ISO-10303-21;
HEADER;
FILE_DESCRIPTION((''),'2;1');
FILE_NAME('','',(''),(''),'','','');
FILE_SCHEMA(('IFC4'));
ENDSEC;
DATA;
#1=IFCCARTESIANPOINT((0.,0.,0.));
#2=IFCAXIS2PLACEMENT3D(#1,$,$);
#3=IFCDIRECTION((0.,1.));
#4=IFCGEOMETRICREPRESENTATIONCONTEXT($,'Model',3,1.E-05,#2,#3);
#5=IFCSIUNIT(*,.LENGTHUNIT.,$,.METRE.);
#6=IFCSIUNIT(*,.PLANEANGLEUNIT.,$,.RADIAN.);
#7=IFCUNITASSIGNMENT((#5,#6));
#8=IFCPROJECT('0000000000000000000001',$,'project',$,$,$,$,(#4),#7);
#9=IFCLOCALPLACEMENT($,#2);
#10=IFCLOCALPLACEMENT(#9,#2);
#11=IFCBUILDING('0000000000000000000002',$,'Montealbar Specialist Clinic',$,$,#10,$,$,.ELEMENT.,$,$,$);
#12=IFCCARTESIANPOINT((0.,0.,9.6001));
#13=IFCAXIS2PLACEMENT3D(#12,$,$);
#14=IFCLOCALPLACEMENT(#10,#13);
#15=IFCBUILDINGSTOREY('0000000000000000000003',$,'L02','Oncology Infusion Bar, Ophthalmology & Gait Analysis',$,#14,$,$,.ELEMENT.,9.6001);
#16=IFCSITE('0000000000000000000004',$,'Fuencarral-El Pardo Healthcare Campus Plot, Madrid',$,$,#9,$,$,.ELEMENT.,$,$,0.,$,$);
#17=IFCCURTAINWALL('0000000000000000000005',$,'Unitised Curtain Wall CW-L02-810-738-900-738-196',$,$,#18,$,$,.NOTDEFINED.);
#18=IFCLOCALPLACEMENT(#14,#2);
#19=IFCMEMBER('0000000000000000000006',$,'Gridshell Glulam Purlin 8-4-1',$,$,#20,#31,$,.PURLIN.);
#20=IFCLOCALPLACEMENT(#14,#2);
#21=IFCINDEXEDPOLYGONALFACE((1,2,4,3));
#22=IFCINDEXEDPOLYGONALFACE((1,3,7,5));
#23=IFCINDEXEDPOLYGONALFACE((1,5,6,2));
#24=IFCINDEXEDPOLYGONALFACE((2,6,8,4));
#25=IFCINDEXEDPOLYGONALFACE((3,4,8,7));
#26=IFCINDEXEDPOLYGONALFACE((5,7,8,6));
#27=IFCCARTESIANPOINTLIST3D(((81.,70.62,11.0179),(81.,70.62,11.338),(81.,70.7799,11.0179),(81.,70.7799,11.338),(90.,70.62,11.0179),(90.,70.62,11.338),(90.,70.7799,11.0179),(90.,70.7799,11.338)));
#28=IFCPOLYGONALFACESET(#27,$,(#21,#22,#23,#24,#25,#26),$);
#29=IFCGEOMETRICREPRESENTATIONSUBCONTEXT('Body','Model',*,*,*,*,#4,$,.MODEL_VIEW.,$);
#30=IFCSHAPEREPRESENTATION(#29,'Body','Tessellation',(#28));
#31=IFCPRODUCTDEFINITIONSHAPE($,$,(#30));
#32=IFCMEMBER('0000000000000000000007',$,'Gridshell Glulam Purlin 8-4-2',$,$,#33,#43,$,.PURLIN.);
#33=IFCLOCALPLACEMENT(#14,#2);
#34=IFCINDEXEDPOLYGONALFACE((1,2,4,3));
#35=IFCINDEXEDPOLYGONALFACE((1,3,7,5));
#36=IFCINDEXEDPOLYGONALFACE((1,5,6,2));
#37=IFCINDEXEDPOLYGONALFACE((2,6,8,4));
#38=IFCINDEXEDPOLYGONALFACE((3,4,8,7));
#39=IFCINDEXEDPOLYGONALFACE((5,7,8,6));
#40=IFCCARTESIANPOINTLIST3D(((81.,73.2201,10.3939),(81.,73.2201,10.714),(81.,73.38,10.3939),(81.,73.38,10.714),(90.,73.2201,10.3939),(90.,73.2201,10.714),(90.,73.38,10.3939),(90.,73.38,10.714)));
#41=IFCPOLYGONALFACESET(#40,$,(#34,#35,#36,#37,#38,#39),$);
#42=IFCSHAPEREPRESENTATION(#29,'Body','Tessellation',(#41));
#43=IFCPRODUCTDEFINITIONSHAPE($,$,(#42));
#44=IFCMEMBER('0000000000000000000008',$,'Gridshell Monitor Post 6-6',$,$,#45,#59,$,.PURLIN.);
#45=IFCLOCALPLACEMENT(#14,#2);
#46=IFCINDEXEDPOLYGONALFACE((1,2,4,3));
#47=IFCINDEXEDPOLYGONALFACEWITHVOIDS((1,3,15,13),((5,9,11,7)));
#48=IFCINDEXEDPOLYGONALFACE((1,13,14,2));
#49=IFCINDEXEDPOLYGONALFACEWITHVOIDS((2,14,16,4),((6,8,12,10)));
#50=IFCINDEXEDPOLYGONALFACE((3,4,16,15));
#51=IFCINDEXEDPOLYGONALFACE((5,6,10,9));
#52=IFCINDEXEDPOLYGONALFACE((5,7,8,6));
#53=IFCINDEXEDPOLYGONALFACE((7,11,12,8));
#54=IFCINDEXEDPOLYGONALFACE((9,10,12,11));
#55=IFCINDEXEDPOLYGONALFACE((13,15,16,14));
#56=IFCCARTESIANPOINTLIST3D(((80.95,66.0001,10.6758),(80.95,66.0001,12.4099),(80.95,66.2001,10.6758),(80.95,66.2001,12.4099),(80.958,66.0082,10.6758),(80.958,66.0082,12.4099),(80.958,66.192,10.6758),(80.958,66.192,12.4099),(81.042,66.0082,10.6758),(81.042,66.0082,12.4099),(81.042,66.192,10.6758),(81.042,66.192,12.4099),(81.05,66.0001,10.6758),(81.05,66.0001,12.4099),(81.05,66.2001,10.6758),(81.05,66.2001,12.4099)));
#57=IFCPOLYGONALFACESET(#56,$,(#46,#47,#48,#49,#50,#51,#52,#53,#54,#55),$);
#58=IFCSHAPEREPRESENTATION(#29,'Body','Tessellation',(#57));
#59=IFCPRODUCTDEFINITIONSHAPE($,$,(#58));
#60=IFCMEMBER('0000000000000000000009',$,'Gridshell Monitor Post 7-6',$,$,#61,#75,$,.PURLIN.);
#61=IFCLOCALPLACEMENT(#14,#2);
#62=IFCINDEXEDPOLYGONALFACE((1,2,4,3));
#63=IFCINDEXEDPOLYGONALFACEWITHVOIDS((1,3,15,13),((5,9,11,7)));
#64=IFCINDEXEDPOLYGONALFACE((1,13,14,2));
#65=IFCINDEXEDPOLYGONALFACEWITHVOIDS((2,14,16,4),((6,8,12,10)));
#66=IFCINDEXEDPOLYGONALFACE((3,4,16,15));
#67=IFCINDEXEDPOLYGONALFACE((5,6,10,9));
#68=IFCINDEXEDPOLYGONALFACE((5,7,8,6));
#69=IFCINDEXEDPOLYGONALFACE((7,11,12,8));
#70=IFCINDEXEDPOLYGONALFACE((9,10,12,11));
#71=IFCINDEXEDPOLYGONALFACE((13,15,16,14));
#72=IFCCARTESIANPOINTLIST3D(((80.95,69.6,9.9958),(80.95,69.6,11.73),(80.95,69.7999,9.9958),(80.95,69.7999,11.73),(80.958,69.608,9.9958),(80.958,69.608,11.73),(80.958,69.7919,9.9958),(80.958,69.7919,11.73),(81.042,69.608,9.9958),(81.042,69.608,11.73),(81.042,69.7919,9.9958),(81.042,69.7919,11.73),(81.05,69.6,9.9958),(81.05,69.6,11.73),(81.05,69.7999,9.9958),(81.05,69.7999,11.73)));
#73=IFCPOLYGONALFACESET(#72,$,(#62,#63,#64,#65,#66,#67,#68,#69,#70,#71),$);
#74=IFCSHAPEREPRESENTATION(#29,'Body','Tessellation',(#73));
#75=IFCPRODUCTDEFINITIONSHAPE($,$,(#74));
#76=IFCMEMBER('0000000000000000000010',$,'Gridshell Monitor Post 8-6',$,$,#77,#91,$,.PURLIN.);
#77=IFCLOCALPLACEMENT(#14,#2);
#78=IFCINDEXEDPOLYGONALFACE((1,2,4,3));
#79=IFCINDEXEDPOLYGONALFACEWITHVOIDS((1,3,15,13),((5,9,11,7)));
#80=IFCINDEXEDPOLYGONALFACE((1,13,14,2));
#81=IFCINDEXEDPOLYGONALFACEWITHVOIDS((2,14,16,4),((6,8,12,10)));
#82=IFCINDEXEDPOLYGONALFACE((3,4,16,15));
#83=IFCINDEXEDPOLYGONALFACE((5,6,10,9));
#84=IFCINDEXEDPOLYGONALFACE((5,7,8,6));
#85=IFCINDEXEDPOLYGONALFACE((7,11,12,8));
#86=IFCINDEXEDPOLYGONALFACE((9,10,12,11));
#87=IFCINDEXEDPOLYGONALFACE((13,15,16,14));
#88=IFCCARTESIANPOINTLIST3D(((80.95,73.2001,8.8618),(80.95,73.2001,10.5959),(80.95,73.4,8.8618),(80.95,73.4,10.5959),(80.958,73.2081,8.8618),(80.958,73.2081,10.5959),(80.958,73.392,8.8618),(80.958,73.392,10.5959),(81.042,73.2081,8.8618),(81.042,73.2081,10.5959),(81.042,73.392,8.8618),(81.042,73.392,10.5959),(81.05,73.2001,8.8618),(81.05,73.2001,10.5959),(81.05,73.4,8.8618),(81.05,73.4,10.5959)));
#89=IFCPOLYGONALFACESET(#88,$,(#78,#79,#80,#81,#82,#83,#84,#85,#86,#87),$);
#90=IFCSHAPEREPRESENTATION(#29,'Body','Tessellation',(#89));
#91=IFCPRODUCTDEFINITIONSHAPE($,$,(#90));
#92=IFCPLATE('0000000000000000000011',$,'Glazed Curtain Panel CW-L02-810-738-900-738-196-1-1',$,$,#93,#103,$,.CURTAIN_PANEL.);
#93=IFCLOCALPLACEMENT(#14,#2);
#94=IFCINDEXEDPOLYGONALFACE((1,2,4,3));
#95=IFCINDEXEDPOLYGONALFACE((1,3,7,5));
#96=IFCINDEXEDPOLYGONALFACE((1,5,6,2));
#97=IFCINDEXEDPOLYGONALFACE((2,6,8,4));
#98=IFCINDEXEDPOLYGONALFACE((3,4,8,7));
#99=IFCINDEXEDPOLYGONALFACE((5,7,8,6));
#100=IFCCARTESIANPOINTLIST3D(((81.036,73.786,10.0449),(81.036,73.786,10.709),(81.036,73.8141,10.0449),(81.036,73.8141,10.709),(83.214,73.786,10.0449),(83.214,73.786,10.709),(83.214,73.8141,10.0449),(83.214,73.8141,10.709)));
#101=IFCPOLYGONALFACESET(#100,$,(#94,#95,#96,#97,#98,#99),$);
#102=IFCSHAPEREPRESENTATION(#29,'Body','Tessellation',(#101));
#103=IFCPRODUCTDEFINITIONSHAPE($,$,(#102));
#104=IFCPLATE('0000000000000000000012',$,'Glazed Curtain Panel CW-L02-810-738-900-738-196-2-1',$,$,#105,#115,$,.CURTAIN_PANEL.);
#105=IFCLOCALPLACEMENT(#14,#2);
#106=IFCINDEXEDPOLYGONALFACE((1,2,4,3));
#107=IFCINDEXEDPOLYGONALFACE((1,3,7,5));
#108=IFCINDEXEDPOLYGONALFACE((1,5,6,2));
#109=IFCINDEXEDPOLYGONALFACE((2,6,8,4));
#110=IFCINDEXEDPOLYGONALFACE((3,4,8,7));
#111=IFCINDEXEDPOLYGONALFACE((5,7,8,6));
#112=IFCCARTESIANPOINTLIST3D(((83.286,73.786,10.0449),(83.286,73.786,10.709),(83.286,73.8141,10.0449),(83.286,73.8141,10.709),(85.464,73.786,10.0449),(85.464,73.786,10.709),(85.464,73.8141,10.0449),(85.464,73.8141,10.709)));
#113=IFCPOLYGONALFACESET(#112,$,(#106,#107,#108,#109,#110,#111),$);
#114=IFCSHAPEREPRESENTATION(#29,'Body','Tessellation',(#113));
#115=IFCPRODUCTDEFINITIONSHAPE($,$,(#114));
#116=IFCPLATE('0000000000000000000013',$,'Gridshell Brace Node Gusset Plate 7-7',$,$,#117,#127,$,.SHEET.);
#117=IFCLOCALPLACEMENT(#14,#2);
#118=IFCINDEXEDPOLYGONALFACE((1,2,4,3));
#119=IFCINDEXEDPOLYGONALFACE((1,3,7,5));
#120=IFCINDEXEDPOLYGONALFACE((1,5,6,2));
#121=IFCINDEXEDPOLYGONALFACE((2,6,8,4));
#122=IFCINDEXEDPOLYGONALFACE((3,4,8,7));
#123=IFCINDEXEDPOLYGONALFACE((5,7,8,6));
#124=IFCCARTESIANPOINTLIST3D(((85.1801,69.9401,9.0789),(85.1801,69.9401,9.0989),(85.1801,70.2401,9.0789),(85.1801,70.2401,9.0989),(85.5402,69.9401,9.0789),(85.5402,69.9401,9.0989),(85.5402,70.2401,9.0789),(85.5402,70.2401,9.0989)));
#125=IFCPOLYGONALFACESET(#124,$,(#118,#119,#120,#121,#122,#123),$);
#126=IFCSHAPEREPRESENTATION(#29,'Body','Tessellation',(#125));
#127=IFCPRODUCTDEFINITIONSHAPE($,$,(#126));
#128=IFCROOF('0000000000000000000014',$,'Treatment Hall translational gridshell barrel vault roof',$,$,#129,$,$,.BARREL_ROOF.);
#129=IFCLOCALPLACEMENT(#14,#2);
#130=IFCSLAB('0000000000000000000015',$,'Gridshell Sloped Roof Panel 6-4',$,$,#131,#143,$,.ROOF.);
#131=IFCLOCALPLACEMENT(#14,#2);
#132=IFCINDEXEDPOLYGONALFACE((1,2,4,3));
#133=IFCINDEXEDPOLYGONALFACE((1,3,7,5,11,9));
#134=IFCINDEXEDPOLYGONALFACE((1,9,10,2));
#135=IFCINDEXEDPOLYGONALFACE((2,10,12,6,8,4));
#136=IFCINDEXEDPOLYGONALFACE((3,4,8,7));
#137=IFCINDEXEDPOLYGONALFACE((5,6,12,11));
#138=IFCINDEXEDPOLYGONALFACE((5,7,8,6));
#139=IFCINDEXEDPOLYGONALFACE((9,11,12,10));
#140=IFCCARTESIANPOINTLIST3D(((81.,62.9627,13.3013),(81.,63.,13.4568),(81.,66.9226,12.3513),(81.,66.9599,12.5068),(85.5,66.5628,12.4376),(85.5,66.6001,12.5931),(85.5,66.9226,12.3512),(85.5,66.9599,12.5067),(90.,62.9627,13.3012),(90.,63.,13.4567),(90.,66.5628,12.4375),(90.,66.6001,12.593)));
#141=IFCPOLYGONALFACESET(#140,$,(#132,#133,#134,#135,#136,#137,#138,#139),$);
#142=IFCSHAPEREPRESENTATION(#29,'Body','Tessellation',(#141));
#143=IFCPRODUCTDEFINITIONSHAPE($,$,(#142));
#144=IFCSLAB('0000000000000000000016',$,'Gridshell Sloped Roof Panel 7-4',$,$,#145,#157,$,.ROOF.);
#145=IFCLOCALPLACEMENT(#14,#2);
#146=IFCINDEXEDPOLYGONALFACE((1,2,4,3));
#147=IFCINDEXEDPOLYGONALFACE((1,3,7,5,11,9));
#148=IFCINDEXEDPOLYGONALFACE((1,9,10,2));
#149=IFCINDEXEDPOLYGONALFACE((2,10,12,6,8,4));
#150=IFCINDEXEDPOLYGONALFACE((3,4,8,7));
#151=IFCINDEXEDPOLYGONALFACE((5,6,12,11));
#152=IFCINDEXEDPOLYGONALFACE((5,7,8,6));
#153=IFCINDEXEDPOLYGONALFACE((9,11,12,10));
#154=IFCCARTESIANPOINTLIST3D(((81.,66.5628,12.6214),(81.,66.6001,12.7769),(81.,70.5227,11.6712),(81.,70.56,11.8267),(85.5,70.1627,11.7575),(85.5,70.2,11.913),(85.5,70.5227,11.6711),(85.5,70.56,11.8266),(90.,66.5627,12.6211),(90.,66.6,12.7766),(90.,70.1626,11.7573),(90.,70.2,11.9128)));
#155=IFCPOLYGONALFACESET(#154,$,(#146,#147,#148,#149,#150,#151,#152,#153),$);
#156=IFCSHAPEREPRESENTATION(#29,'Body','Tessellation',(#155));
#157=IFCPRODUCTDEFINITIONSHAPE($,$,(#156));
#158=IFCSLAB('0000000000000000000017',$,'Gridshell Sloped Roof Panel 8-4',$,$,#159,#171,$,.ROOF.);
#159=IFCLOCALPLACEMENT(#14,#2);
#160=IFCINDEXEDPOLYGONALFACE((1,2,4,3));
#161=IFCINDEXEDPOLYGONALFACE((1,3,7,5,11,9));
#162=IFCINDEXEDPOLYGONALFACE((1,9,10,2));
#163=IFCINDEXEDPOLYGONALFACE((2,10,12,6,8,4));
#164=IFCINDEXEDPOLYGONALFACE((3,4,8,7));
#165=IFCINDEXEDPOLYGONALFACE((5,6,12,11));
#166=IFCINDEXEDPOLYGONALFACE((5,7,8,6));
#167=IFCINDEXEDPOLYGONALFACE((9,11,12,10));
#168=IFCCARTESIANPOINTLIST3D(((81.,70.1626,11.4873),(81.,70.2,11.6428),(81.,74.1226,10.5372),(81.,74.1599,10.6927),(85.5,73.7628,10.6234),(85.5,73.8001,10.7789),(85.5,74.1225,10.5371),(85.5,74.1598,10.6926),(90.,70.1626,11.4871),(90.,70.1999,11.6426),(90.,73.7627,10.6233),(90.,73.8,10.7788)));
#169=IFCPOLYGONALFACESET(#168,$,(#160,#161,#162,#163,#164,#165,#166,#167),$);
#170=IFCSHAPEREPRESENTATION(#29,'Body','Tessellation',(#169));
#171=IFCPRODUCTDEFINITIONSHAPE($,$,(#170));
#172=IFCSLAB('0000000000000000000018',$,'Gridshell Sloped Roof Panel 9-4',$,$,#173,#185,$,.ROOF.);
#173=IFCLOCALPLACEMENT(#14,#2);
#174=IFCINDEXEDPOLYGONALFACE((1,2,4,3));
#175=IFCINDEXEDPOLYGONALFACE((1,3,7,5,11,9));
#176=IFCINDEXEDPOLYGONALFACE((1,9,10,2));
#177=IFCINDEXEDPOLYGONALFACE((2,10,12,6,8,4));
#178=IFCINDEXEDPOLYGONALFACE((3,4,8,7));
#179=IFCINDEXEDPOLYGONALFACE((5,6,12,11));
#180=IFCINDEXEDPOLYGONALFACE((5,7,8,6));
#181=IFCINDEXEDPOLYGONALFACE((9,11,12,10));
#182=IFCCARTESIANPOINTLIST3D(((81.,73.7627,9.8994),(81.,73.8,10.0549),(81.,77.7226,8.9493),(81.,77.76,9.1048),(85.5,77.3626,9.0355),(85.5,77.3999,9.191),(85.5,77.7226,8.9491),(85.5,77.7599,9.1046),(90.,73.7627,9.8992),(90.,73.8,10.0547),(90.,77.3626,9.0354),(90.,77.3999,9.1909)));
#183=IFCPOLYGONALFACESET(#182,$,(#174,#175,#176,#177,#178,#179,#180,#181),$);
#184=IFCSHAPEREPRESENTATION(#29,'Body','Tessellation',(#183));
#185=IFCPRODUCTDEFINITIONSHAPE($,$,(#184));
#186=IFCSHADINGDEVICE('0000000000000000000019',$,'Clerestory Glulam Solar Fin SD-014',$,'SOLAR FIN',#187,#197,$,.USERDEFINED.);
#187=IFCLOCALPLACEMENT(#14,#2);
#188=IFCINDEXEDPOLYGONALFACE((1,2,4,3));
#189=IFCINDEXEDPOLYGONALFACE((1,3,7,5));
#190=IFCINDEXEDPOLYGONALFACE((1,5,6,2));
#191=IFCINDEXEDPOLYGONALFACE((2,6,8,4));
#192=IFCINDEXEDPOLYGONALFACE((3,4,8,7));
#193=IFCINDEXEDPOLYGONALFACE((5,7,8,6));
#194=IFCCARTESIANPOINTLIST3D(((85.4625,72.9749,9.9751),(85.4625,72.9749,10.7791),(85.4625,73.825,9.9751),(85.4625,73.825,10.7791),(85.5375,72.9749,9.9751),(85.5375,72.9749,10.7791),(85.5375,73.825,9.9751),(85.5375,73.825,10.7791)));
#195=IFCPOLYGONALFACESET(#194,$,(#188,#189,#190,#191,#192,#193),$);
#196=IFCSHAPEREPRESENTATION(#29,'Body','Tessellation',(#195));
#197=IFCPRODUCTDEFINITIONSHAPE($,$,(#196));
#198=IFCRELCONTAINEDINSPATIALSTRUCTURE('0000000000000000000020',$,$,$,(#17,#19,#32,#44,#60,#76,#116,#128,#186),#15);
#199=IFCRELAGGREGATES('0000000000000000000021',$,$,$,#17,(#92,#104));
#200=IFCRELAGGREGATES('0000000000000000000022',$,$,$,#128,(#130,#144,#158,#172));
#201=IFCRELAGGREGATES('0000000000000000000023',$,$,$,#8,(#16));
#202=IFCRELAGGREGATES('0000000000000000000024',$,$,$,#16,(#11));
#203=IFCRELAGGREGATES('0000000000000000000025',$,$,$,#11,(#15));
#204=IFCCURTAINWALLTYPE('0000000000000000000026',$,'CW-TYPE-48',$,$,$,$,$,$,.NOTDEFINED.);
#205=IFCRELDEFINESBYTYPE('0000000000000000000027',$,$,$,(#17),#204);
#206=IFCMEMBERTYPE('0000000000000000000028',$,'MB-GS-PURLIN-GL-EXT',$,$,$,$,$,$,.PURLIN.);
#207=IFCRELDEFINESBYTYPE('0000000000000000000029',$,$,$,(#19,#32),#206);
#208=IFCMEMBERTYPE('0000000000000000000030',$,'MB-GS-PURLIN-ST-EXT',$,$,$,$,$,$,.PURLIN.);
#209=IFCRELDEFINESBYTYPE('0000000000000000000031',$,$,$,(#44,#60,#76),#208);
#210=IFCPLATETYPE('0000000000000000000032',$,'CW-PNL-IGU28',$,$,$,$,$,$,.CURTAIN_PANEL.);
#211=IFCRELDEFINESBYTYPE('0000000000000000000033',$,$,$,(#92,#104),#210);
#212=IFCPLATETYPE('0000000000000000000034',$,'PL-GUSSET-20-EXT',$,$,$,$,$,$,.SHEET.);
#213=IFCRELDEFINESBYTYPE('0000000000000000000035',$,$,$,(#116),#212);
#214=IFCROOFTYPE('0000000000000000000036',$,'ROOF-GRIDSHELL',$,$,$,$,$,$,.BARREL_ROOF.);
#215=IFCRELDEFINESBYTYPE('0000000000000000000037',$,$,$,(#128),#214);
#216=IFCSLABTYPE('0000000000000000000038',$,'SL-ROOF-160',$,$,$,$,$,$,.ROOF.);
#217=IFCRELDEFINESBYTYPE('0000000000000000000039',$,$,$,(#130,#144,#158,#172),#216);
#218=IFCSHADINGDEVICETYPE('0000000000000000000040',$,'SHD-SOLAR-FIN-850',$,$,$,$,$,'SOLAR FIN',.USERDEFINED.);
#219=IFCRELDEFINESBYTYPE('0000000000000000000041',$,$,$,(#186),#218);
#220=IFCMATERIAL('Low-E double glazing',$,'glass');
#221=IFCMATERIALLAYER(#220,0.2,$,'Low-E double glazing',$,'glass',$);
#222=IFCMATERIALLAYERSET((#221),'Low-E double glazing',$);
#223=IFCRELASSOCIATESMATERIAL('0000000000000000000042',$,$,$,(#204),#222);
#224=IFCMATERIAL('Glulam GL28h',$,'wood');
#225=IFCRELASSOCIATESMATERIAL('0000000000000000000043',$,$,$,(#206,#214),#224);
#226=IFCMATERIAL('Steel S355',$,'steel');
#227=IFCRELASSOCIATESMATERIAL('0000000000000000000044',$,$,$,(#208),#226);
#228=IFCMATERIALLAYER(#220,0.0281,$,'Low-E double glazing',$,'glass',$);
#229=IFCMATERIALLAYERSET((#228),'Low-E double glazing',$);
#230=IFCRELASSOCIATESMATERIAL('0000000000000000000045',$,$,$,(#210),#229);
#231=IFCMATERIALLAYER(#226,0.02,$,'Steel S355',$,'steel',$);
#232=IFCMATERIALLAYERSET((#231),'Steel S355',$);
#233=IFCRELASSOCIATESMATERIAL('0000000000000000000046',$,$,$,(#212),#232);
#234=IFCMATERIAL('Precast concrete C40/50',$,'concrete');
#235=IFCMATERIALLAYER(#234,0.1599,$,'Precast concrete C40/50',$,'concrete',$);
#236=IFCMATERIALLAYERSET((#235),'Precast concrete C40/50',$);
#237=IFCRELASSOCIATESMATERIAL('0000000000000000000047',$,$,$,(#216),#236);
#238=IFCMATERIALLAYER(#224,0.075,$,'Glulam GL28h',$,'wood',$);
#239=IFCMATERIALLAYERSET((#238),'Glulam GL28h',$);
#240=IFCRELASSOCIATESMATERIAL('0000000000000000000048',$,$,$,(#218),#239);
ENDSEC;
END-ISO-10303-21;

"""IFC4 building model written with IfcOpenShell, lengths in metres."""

from ifc_helpers import new_model, si_unit, direction, frame, origin, origin_2d, place, context, subcontext, project, spatial, polyline, rectangle, hollow_rectangle, outline, extrude, material, layer, layer_set, material_profile, profile_set, type_object, element, aggregate, save


model = new_model("IFC4")

# Units and contexts
model_context = context("Model", 3, precision=1e-05, world=origin(), true_north=direction((0.0, 1.0)))
body_context = subcontext(model_context, "Body", "Model", "MODEL_VIEW")
ifc_project = project(units=[si_unit("LENGTHUNIT", "METRE"), si_unit("PLANEANGLEUNIT", "RADIAN")], contexts=[model_context])

# Site, building, storey
site_placement = place(None, origin())
site = spatial("IfcSite", under=ifc_project, at=site_placement, Name="Fuencarral-El Pardo Healthcare Campus Plot, Madrid", CompositionType="ELEMENT", RefElevation=0.0)
building_placement = place(site_placement, origin())
building = spatial("IfcBuilding", under=site, at=building_placement, Name="Montealbar Specialist Clinic", CompositionType="ELEMENT")
storey_placement = place(building_placement, frame((0.0, 0.0, 9.6001)))
storey = spatial("IfcBuildingStorey", under=building, at=storey_placement, Name="L02", Description="Oncology Infusion Bar, Ophthalmology & Gait Analysis", CompositionType="ELEMENT", Elevation=9.6001)

# Shared definitions
ifc_material_1 = material(Name="Steel S355", Category="steel")
ifc_material_2 = material(Name="Glulam GL28h", Category="wood")

# Curtain wall
ifc_material_3 = material(Name="Low-E double glazing", Category="glass")
ifc_layer_1 = layer(ifc_material_3, 0.2, Name="Low-E double glazing", Category="glass")
ifc_layer_set_1 = layer_set([ifc_layer_1], Name="Low-E double glazing")
curtain_wall_type = type_object("IfcCurtainWallType", Name="CW-TYPE-48", PredefinedType="NOTDEFINED", material=ifc_layer_set_1)
curtain_wall_placement = place(storey_placement, origin())
curtain_wall = element("IfcCurtainWall", 1, at=curtain_wall_placement, inside=storey, type_object=curtain_wall_type, Name="Unitised Curtain Wall CW-L02-810-738-900-738-196", PredefinedType="NOTDEFINED")

# Members
ifc_material_profile_1 = material_profile(ifc_material_2, rectangle(XDim=0.1599, YDim=0.3201, at=origin_2d()), Name="GL28h 160x320", Category="wood")
ifc_profile_set_1 = profile_set([ifc_material_profile_1], Name="Glulam GL28h")
member_type_1 = type_object("IfcMemberType", Name="MB-GS-PURLIN-GL-EXT", PredefinedType="PURLIN", material=ifc_profile_set_1)
for number, where, z_axis, x_axis, name in (
    (2, (81.0, 70.7, 11.178), (1.0, 0.0, 0.0), (0.0, 1.0, 0.0), "Gridshell Glulam Purlin 8-4-1"),
    (3, (81.0, 73.3, 10.554), (1.0, 0.0, 0.0), (0.0, 1.0, 0.0), "Gridshell Glulam Purlin 8-4-2"),
):
    element("IfcMember", number, at=place(storey_placement, frame(where, z_axis=z_axis, x_axis=x_axis)), inside=storey, type_object=member_type_1, Name=name, PredefinedType="PURLIN", context=body_context, shape_type="SweptSolid", body=[
        extrude(rectangle(XDim=0.1599, YDim=0.3201, at=origin_2d()), origin(), (0.0, 0.0, 1.0), 9.0),
    ])
ifc_material_profile_2 = material_profile(ifc_material_1, hollow_rectangle(XDim=0.1001, YDim=0.2, WallThickness=0.0081, at=origin_2d()), Name="RHS 200x100x8", Category="steel")
ifc_profile_set_2 = profile_set([ifc_material_profile_2], Name="Steel S355")
member_type_2 = type_object("IfcMemberType", Name="MB-GS-PURLIN-ST-EXT", PredefinedType="PURLIN", material=ifc_profile_set_2)
for number, where, z_axis, x_axis, name in (
    (4, (81.0, 66.1001, 10.6758), (0.0, 0.0, 1.0), (1.0, 0.0, 0.0), "Gridshell Monitor Post 6-6"),
    (5, (81.0, 69.7, 9.9958), (0.0, 0.0, 1.0), (1.0, 0.0, 0.0), "Gridshell Monitor Post 7-6"),
    (6, (81.0, 73.3, 8.8618), (0.0, 0.0, 1.0), (1.0, 0.0, 0.0), "Gridshell Monitor Post 8-6"),
):
    element("IfcMember", number, at=place(storey_placement, frame(where, z_axis=z_axis, x_axis=x_axis)), inside=storey, type_object=member_type_2, Name=name, PredefinedType="PURLIN", context=body_context, shape_type="SweptSolid", body=[
        extrude(hollow_rectangle(XDim=0.1001, YDim=0.2, WallThickness=0.0081, at=origin_2d()), origin(), (0.0, 0.0, 1.0), 1.7341),
    ])

# Plates
ifc_layer_2 = layer(ifc_material_3, 0.0281, Name="Low-E double glazing", Category="glass")
ifc_layer_set_2 = layer_set([ifc_layer_2], Name="Low-E double glazing")
plate_type_1 = type_object("IfcPlateType", Name="CW-PNL-IGU28", PredefinedType="CURTAIN_PANEL", material=ifc_layer_set_2)
plate_1_placement = place(storey_placement, frame((82.125, 73.8, 10.0449), z_axis=(0.0, 0.0, 1.0), x_axis=(1.0, 0.0, 0.0)))
plate_1 = element("IfcPlate", 7, at=plate_1_placement, type_object=plate_type_1, Name="Glazed Curtain Panel CW-L02-810-738-900-738-196-1-1", PredefinedType="CURTAIN_PANEL", context=body_context, shape_type="SweptSolid", body=[
    extrude(rectangle(XDim=2.178, YDim=0.0281, at=origin_2d()), origin(), (0.0, 0.0, 1.0), 0.6641),
])
plate_2_placement = place(storey_placement, frame((84.375, 73.8, 10.0449), z_axis=(0.0, 0.0, 1.0), x_axis=(1.0, 0.0, 0.0)))
plate_2 = element("IfcPlate", 8, at=plate_2_placement, type_object=plate_type_1, Name="Glazed Curtain Panel CW-L02-810-738-900-738-196-2-1", PredefinedType="CURTAIN_PANEL", context=body_context, shape_type="SweptSolid", body=[
    extrude(rectangle(XDim=2.178, YDim=0.0281, at=origin_2d()), origin(), (0.0, 0.0, 1.0), 0.6641),
])
aggregate(curtain_wall, [plate_1, plate_2])
ifc_layer_3 = layer(ifc_material_1, 0.02, Name="Steel S355", Category="steel")
ifc_layer_set_3 = layer_set([ifc_layer_3], Name="Steel S355")
plate_type_2 = type_object("IfcPlateType", Name="PL-GUSSET-20-EXT", PredefinedType="SHEET", material=ifc_layer_set_3)
plate_3_placement = place(storey_placement, frame((85.3601, 70.0901, 9.0789), z_axis=(0.0, 0.0, 1.0), x_axis=(1.0, 0.0, 0.0)))
element("IfcPlate", 9, at=plate_3_placement, inside=storey, type_object=plate_type_2, Name="Gridshell Brace Node Gusset Plate 7-7", PredefinedType="SHEET", context=body_context, shape_type="SweptSolid", body=[
    extrude(rectangle(XDim=0.3601, YDim=0.3, at=origin_2d()), origin(), (0.0, 0.0, 1.0), 0.02),
])

# Roof, slabs
roof_type = type_object("IfcRoofType", Name="ROOF-GRIDSHELL", PredefinedType="BARREL_ROOF", material=ifc_material_2)
roof_placement = place(storey_placement, origin())
roof = element("IfcRoof", 10, at=roof_placement, inside=storey, type_object=roof_type, Name="Treatment Hall translational gridshell barrel vault roof", PredefinedType="BARREL_ROOF")
ifc_material_4 = material(Name="Precast concrete C40/50", Category="concrete")
ifc_layer_4 = layer(ifc_material_4, 0.1599, Name="Precast concrete C40/50", Category="concrete")
ifc_layer_set_4 = layer_set([ifc_layer_4], Name="Precast concrete C40/50")
slab_type = type_object("IfcSlabType", Name="SL-ROOF-160", PredefinedType="ROOF", material=ifc_layer_set_4)
slab_1_placement = place(storey_placement, frame((81.0, 63.0, 13.4568), z_axis=(0.000008, 0.233289, 0.972408), x_axis=(1.0, -0.000002, -0.000008)))
slab_1 = element("IfcSlab", 11, at=slab_1_placement, type_object=slab_type, Name="Gridshell Sloped Roof Panel 6-4", PredefinedType="ROOF", context=body_context, shape_type="SweptSolid", body=[
    extrude(outline(polyline([(0.0, 0.0), (9.0, 0.0), (9.0, 3.7023), (4.5, 3.7023), (4.5, 4.0723), (0.0, 4.0723), (0.0, 0.0)])), origin(), (0.0, 0.0, -1.0), 0.1599),
])
slab_2_placement = place(storey_placement, frame((81.0, 66.6001, 12.7769), z_axis=(0.000025, 0.233325, 0.972399), x_axis=(1.0, -0.000006, -0.000025)))
slab_2 = element("IfcSlab", 12, at=slab_2_placement, type_object=slab_type, Name="Gridshell Sloped Roof Panel 7-4", PredefinedType="ROOF", context=body_context, shape_type="SweptSolid", body=[
    extrude(outline(polyline([(0.0, 0.0), (9.0, 0.0), (9.0, 3.7021), (4.5, 3.7021), (4.5, 4.0723), (0.0, 4.0723), (0.0, 0.0)])), origin(), (0.0, 0.0, -1.0), 0.1599),
])
slab_3_placement = place(storey_placement, frame((81.0, 70.2, 11.6428), z_axis=(0.000022, 0.233318, 0.9724), x_axis=(1.0, -0.000005, -0.000021)))
slab_3 = element("IfcSlab", 13, at=slab_3_placement, type_object=slab_type, Name="Gridshell Sloped Roof Panel 8-4", PredefinedType="ROOF", context=body_context, shape_type="SweptSolid", body=[
    extrude(outline(polyline([(0.0, 0.0), (9.0, 0.0), (9.0, 3.7023), (4.5, 3.7023), (4.5, 4.0723), (0.0, 4.0723), (0.0, 0.0)])), origin(), (0.0, 0.0, -1.0), 0.1599),
])
slab_4_placement = place(storey_placement, frame((81.0, 73.8, 10.0549), z_axis=(0.000025, 0.233325, 0.972399), x_axis=(1.0, -0.000006, -0.000025)))
slab_4 = element("IfcSlab", 14, at=slab_4_placement, type_object=slab_type, Name="Gridshell Sloped Roof Panel 9-4", PredefinedType="ROOF", context=body_context, shape_type="SweptSolid", body=[
    extrude(outline(polyline([(0.0, 0.0), (9.0, 0.0), (9.0, 3.7021), (4.5, 3.7021), (4.5, 4.0723), (0.0, 4.0723), (0.0, 0.0)])), origin(), (0.0, 0.0, -1.0), 0.1599),
])
aggregate(roof, [slab_1, slab_2, slab_3, slab_4])

# Shading device
ifc_layer_5 = layer(ifc_material_2, 0.075, Name="Glulam GL28h", Category="wood")
ifc_layer_set_5 = layer_set([ifc_layer_5], Name="Glulam GL28h")
shading_device_type = type_object("IfcShadingDeviceType", Name="SHD-SOLAR-FIN-850", ElementType="SOLAR FIN", PredefinedType="USERDEFINED", material=ifc_layer_set_5)
shading_device_placement = place(storey_placement, frame((85.5, 73.3999, 9.9751), z_axis=(0.0, 0.0, 1.0), x_axis=(0.0, -1.0, 0.0)))
element("IfcShadingDevice", 15, at=shading_device_placement, inside=storey, type_object=shading_device_type, Name="Clerestory Glulam Solar Fin SD-014", ObjectType="SOLAR FIN", PredefinedType="USERDEFINED", context=body_context, shape_type="SweptSolid", body=[
    extrude(rectangle(XDim=0.8501, YDim=0.075, at=origin_2d()), origin(), (0.0, 0.0, 1.0), 0.804),
])

save(model, "model.ifc")
